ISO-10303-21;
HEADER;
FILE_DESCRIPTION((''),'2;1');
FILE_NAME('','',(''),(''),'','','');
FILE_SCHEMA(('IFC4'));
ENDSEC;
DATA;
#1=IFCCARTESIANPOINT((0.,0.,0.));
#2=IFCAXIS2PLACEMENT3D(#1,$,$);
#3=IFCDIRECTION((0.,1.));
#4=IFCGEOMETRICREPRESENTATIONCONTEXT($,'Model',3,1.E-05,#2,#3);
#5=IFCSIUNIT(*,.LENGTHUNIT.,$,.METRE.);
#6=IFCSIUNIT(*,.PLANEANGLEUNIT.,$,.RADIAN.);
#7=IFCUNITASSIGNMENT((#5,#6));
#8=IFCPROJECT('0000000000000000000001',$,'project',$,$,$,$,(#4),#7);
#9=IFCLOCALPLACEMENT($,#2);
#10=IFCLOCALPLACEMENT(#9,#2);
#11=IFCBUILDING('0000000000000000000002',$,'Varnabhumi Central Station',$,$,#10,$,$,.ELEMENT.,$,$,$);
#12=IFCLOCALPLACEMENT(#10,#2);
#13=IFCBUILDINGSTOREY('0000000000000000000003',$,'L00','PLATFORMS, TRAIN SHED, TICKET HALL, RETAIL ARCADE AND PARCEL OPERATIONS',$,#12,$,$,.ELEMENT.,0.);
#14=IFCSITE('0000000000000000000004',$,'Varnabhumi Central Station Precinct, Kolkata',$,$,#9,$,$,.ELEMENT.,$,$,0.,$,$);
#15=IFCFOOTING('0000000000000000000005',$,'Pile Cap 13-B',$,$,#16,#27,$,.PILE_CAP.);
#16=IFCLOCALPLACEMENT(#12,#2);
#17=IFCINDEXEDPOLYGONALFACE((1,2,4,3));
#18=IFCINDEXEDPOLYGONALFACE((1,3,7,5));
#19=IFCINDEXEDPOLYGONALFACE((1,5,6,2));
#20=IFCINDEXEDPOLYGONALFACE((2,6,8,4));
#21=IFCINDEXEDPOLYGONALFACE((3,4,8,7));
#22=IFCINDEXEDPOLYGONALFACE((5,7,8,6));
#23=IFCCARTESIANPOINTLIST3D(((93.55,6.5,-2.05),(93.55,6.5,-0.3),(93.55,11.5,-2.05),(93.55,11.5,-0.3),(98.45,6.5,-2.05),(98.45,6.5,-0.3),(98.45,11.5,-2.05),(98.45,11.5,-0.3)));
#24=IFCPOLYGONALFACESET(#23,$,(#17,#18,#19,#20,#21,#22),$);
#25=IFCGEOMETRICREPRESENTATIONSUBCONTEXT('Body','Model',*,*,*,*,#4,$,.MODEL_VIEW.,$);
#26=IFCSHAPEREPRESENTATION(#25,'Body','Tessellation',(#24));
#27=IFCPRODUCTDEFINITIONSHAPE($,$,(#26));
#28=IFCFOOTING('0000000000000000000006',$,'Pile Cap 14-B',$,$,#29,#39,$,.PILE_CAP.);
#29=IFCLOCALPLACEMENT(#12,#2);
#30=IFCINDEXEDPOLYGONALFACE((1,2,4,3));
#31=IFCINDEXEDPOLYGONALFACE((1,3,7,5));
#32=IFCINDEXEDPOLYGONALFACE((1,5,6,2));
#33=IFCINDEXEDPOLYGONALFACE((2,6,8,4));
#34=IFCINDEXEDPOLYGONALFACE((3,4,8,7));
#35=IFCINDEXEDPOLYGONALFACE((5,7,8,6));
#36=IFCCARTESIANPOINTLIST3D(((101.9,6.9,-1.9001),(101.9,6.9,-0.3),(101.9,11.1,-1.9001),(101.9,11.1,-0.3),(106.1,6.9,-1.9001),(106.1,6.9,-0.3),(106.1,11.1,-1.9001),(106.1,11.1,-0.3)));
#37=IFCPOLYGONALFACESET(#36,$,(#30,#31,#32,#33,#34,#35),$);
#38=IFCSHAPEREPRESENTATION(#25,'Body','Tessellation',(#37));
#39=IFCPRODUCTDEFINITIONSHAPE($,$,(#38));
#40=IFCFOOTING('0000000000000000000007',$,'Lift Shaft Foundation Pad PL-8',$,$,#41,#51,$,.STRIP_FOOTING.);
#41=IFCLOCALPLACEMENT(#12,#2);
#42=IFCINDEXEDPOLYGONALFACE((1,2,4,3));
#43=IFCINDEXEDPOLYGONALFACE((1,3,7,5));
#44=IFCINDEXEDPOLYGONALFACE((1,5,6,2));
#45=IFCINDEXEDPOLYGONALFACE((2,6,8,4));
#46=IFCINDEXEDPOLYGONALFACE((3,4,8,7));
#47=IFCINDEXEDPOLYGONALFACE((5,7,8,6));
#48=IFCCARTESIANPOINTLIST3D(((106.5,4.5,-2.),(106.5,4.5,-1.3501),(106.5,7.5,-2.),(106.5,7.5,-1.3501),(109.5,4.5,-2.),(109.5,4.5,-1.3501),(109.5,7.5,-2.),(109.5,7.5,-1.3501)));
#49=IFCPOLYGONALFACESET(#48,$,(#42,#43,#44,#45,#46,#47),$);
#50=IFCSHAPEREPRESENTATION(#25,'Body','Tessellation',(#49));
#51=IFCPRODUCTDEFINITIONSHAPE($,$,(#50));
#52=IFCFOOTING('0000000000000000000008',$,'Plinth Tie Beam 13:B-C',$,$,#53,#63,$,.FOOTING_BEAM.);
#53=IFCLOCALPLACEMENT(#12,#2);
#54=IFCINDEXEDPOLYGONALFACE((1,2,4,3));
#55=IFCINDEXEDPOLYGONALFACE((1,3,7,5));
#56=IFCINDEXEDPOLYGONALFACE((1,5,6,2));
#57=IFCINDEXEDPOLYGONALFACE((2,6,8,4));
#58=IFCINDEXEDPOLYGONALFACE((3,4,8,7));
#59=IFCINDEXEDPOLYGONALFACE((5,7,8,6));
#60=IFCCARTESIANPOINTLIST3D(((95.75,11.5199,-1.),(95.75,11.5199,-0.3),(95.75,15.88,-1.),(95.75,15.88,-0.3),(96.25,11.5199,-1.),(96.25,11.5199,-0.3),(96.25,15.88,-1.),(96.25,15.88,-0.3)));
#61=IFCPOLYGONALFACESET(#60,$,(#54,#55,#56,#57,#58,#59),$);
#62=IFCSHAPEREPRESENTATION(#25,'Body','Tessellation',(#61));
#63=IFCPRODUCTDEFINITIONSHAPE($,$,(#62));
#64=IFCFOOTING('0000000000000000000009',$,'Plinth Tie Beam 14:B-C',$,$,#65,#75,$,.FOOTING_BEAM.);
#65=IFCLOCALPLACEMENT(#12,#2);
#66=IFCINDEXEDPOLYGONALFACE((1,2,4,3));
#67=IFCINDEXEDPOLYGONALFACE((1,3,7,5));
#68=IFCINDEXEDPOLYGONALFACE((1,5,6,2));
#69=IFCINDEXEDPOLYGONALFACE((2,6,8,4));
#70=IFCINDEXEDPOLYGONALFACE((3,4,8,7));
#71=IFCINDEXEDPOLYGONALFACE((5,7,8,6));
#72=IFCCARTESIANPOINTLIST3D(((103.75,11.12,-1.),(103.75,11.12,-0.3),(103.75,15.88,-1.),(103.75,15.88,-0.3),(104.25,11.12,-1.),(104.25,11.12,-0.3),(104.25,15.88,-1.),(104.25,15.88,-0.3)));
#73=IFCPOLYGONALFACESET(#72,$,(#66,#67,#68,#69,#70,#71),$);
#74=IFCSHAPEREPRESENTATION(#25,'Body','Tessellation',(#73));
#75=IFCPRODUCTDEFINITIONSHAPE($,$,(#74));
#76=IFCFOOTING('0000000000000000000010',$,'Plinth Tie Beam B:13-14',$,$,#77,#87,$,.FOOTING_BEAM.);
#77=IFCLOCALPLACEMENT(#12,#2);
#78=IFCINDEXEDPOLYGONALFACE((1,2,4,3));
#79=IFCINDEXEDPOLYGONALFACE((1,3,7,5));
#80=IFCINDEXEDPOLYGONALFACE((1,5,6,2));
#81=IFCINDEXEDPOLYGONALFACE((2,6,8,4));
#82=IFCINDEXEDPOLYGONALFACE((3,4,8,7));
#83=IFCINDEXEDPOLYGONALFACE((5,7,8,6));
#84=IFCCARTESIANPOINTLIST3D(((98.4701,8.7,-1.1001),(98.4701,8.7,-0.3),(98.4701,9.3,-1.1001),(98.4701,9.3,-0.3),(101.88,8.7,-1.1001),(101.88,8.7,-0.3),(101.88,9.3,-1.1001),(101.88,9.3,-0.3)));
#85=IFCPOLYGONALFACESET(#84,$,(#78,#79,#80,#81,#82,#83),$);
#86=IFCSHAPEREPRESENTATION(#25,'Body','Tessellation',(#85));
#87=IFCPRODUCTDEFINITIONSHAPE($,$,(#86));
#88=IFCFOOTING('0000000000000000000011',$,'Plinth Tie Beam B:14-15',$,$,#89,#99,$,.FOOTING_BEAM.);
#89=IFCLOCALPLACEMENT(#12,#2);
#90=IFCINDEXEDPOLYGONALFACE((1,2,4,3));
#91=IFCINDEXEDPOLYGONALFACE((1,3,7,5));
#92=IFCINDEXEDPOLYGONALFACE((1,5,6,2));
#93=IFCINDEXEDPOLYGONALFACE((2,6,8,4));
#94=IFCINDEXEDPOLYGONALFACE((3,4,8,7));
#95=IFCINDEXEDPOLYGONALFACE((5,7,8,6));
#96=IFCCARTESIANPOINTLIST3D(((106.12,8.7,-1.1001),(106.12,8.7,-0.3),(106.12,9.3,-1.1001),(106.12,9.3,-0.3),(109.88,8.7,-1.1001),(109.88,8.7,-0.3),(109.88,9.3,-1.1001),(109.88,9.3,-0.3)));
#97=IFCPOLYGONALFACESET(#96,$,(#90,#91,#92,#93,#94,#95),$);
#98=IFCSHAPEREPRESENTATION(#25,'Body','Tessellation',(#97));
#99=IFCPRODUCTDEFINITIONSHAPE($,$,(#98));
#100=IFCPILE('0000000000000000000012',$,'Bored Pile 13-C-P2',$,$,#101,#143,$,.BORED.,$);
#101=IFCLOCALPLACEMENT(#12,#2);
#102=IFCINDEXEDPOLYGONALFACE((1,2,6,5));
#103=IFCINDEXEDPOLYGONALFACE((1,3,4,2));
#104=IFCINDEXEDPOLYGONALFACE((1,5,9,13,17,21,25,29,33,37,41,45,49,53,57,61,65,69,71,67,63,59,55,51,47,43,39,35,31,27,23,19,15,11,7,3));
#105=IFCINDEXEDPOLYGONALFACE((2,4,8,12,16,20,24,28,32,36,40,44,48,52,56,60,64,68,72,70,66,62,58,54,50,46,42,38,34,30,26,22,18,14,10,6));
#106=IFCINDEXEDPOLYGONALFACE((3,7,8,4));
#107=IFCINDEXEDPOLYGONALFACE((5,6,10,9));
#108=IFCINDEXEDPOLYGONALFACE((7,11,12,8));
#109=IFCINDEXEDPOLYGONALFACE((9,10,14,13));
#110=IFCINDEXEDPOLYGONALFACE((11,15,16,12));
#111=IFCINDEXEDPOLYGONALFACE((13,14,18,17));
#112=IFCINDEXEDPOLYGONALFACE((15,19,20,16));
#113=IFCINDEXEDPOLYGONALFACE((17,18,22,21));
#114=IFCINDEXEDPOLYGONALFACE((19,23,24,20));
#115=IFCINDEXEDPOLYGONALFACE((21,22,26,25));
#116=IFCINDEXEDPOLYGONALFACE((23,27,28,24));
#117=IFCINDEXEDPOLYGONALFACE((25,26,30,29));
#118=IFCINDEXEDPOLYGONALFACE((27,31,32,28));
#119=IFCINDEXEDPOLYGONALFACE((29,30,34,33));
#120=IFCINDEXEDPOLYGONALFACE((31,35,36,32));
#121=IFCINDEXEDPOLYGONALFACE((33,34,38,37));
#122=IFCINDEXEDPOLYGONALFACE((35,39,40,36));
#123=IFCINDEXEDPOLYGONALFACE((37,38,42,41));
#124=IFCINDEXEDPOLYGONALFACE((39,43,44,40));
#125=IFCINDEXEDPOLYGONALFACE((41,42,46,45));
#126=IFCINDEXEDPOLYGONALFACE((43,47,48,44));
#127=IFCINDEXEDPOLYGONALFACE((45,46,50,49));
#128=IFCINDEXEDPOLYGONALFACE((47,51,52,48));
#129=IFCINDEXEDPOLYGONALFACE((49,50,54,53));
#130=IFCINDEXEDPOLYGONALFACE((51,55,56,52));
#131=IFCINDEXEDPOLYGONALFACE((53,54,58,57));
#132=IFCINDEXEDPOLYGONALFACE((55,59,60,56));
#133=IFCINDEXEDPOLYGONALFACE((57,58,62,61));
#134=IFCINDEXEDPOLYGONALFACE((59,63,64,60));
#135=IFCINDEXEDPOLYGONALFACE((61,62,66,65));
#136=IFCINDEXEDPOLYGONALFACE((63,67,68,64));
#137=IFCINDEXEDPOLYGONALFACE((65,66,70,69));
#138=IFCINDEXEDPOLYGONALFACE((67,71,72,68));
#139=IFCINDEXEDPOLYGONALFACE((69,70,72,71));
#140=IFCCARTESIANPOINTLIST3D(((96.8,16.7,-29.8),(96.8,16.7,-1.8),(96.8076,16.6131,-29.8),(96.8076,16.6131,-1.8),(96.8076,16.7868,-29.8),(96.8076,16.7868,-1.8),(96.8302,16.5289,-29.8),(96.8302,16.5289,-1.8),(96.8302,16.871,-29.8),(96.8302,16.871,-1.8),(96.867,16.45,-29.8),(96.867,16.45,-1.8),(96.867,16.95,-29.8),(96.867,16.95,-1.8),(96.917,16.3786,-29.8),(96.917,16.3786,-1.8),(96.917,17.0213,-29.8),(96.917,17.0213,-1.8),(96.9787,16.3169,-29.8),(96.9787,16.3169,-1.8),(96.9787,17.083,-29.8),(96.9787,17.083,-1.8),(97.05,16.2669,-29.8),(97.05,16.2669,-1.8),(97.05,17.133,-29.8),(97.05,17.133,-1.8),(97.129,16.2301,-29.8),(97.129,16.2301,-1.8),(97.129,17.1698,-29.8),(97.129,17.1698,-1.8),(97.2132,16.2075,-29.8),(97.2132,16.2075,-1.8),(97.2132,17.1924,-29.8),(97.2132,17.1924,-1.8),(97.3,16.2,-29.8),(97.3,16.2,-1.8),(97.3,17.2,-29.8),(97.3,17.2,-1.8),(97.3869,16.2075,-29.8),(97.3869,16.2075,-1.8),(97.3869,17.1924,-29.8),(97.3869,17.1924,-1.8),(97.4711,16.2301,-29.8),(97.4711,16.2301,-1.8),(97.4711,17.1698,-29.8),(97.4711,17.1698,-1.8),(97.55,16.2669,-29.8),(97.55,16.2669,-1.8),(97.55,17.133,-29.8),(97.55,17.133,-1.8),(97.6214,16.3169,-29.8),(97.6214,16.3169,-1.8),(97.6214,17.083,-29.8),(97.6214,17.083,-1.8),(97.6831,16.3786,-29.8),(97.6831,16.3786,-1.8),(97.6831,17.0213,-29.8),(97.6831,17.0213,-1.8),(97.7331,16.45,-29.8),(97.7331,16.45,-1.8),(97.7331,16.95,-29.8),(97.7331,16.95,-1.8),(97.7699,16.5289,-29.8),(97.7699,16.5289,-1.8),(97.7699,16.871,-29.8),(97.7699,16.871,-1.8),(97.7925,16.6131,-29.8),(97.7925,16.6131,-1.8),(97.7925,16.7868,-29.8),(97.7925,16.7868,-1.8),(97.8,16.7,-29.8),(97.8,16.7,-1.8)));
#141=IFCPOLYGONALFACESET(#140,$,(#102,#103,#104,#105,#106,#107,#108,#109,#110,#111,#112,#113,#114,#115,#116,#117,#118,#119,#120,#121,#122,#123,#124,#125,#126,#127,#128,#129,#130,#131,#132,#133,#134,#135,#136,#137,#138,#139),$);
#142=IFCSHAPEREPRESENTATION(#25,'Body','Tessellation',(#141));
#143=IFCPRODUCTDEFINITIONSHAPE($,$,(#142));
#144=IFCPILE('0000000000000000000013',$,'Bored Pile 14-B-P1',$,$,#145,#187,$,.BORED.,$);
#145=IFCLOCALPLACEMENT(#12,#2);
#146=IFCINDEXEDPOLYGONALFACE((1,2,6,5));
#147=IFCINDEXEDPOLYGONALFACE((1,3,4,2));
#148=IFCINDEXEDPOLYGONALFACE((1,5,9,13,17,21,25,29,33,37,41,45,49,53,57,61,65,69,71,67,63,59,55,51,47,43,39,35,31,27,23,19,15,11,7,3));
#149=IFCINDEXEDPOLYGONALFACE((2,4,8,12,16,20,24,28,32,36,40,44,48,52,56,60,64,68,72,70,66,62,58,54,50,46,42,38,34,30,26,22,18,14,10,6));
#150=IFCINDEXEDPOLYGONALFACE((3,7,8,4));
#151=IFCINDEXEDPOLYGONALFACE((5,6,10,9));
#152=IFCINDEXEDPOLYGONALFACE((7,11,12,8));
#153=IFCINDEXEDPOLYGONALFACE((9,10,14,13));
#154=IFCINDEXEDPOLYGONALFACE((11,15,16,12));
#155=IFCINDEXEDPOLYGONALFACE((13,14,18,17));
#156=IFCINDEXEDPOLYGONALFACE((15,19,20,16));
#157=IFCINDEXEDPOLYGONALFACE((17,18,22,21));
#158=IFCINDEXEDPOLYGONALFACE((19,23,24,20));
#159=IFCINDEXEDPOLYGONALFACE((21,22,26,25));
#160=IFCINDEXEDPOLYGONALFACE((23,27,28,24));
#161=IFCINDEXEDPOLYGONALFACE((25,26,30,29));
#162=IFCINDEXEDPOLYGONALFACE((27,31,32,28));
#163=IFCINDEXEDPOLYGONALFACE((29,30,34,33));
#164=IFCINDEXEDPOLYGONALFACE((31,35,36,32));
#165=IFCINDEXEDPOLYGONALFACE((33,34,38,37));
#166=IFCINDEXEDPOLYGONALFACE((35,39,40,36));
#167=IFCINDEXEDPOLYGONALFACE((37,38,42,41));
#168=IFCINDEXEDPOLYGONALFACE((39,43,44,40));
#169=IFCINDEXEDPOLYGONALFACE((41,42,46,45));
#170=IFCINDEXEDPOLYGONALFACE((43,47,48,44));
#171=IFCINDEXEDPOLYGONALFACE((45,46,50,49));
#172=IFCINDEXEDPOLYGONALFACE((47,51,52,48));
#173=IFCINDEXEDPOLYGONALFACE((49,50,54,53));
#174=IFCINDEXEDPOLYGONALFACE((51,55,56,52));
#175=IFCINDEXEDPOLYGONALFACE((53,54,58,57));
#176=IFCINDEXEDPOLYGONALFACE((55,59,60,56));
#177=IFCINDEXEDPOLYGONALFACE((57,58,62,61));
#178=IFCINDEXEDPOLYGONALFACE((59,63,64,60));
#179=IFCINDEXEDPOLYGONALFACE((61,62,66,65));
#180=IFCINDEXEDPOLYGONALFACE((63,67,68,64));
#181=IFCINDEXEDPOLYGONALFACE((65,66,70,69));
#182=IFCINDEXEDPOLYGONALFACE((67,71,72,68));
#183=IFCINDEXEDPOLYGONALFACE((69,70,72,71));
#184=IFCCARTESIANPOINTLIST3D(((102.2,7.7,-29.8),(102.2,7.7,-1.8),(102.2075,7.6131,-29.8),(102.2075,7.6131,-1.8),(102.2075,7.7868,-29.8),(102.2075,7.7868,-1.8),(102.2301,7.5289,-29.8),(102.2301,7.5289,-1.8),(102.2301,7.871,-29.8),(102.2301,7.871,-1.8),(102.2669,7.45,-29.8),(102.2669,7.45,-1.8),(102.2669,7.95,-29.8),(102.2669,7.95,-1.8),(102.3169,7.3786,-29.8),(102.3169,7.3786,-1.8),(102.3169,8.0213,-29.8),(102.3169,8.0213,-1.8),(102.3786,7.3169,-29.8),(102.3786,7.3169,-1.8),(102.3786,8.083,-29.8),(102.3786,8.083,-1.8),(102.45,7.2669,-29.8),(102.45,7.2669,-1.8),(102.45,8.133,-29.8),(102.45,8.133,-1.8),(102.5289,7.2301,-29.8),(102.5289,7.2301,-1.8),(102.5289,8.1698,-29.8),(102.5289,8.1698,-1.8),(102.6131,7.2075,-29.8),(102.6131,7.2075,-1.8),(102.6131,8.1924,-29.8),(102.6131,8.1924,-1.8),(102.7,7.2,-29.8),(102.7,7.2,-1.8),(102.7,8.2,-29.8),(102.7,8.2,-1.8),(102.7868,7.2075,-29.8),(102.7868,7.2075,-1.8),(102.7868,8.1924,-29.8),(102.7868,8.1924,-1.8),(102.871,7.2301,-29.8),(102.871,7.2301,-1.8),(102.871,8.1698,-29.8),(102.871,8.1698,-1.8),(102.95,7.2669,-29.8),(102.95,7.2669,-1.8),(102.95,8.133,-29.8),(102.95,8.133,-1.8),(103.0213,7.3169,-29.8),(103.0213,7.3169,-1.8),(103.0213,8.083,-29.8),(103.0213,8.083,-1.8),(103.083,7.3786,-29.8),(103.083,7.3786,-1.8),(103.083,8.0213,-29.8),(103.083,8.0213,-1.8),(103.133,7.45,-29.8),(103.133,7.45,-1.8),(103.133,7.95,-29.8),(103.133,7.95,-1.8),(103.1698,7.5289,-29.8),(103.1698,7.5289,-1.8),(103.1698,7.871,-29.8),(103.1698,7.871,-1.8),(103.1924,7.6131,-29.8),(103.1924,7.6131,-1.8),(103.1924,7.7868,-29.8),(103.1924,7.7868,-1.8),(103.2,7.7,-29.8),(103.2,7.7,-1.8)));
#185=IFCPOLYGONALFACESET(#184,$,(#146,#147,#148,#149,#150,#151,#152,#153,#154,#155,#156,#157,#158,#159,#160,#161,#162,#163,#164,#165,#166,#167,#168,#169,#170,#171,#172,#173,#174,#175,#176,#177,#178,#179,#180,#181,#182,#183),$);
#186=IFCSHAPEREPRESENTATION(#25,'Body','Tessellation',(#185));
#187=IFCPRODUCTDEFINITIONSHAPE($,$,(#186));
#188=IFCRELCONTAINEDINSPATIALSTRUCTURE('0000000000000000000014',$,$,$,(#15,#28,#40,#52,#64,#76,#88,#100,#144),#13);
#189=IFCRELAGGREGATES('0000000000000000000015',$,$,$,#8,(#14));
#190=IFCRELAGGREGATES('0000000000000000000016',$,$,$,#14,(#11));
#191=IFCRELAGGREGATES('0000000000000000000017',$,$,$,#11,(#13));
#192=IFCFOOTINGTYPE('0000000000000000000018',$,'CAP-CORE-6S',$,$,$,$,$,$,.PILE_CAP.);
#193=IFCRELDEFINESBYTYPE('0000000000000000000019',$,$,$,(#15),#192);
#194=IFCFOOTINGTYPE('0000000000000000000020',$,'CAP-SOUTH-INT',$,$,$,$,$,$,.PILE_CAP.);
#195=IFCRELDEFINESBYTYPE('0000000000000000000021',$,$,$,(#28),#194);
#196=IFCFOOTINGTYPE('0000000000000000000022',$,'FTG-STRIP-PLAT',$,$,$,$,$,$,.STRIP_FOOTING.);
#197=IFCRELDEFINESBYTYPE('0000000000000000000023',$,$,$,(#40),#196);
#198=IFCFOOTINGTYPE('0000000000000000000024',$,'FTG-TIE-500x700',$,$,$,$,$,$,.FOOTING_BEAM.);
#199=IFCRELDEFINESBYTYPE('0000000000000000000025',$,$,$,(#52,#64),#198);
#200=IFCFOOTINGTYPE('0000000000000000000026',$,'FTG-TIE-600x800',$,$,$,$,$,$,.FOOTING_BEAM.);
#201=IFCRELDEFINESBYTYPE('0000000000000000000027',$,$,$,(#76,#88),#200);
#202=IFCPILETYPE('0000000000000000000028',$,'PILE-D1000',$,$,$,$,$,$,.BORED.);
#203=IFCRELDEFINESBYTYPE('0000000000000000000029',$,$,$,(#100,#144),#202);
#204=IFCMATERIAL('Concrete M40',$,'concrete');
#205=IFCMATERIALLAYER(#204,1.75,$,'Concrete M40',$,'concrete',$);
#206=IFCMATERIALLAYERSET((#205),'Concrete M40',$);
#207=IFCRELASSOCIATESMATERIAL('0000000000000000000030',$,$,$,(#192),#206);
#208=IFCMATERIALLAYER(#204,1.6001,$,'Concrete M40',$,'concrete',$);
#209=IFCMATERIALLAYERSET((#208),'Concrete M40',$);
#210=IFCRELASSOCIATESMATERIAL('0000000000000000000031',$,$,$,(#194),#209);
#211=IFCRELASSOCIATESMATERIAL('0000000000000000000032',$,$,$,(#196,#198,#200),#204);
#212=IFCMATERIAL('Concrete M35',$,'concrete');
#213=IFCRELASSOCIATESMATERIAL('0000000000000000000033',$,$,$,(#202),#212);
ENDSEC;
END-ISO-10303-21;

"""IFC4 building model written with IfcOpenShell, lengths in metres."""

from ifc_helpers import new_model, si_unit, direction, frame, origin, origin_2d, place, context, subcontext, project, spatial, rectangle, circle, extrude, material, layer, layer_set, material_profile, profile_set, type_object, element, save


model = new_model("IFC4")

# Units and contexts
model_context = context("Model", 3, precision=1e-05, world=origin(), true_north=direction((0.0, 1.0)))
body_context = subcontext(model_context, "Body", "Model", "MODEL_VIEW")
ifc_project = project(units=[si_unit("LENGTHUNIT", "METRE"), si_unit("PLANEANGLEUNIT", "RADIAN")], contexts=[model_context])

# Site, building, storey
site_placement = place(None, origin())
site = spatial("IfcSite", under=ifc_project, at=site_placement, Name="Varnabhumi Central Station Precinct, Kolkata", CompositionType="ELEMENT", RefElevation=0.0)
building_placement = place(site_placement, origin())
building = spatial("IfcBuilding", under=site, at=building_placement, Name="Varnabhumi Central Station", CompositionType="ELEMENT")
storey_placement = place(building_placement, origin())
storey = spatial("IfcBuildingStorey", under=building, at=storey_placement, Name="L00", Description="PLATFORMS, TRAIN SHED, TICKET HALL, RETAIL ARCADE AND PARCEL OPERATIONS", CompositionType="ELEMENT", Elevation=0.0)

# Footings
ifc_material_1 = material(Name="Concrete M40", Category="concrete")
ifc_layer_1 = layer(ifc_material_1, 1.75, Name="Concrete M40", Category="concrete")
ifc_layer_set_1 = layer_set([ifc_layer_1], Name="Concrete M40")
footing_type_1 = type_object("IfcFootingType", Name="CAP-CORE-6S", PredefinedType="PILE_CAP", material=ifc_layer_set_1)
footing_1_placement = place(storey_placement, frame((96.0, 9.0, -2.05), z_axis=(0.0, 0.0, 1.0), x_axis=(1.0, 0.0, 0.0)))
element("IfcFooting", 1, at=footing_1_placement, inside=storey, type_object=footing_type_1, Name="Pile Cap 13-B", PredefinedType="PILE_CAP", context=body_context, shape_type="SweptSolid", body=[
    extrude(rectangle(XDim=4.8999, YDim=5.0, at=origin_2d()), origin(), (0.0, 0.0, 1.0), 1.75),
])
ifc_layer_2 = layer(ifc_material_1, 1.6001, Name="Concrete M40", Category="concrete")
ifc_layer_set_2 = layer_set([ifc_layer_2], Name="Concrete M40")
footing_type_2 = type_object("IfcFootingType", Name="CAP-SOUTH-INT", PredefinedType="PILE_CAP", material=ifc_layer_set_2)
footing_2_placement = place(storey_placement, frame((104.0, 9.0, -1.9001), z_axis=(0.0, 0.0, 1.0), x_axis=(1.0, 0.0, 0.0)))
element("IfcFooting", 2, at=footing_2_placement, inside=storey, type_object=footing_type_2, Name="Pile Cap 14-B", PredefinedType="PILE_CAP", context=body_context, shape_type="SweptSolid", body=[
    extrude(rectangle(XDim=4.2, YDim=4.2, at=origin_2d()), origin(), (0.0, 0.0, 1.0), 1.6001),
])
footing_type_3 = type_object("IfcFootingType", Name="FTG-STRIP-PLAT", PredefinedType="STRIP_FOOTING", material=ifc_material_1)
footing_3_placement = place(storey_placement, frame((108.0, 6.0, -2.0), z_axis=(0.0, 0.0, 1.0), x_axis=(1.0, 0.0, 0.0)))
element("IfcFooting", 3, at=footing_3_placement, inside=storey, type_object=footing_type_3, Name="Lift Shaft Foundation Pad PL-8", PredefinedType="STRIP_FOOTING", context=body_context, shape_type="SweptSolid", body=[
    extrude(rectangle(XDim=3.0, YDim=3.0, at=origin_2d()), origin(), (0.0, 0.0, 1.0), 0.6499),
])
footing_type_4 = type_object("IfcFootingType", Name="FTG-TIE-500x700", PredefinedType="FOOTING_BEAM", material=ifc_material_1)
footing_4_placement = place(storey_placement, frame((96.0, 13.7, -1.0), z_axis=(0.0, 0.0, 1.0), x_axis=(1.0, 0.0, 0.0)))
element("IfcFooting", 4, at=footing_4_placement, inside=storey, type_object=footing_type_4, Name="Plinth Tie Beam 13:B-C", PredefinedType="FOOTING_BEAM", context=body_context, shape_type="SweptSolid", body=[
    extrude(rectangle(XDim=0.5, YDim=4.3601, at=origin_2d()), origin(), (0.0, 0.0, 1.0), 0.7),
])
footing_5_placement = place(storey_placement, frame((104.0, 13.5, -1.0), z_axis=(0.0, 0.0, 1.0), x_axis=(1.0, 0.0, 0.0)))
element("IfcFooting", 5, at=footing_5_placement, inside=storey, type_object=footing_type_4, Name="Plinth Tie Beam 14:B-C", PredefinedType="FOOTING_BEAM", context=body_context, shape_type="SweptSolid", body=[
    extrude(rectangle(XDim=0.5, YDim=4.76, at=origin_2d()), origin(), (0.0, 0.0, 1.0), 0.7),
])
footing_type_5 = type_object("IfcFootingType", Name="FTG-TIE-600x800", PredefinedType="FOOTING_BEAM", material=ifc_material_1)
footing_6_placement = place(storey_placement, frame((100.175, 9.0, -1.1001), z_axis=(0.0, 0.0, 1.0), x_axis=(1.0, 0.0, 0.0)))
element("IfcFooting", 6, at=footing_6_placement, inside=storey, type_object=footing_type_5, Name="Plinth Tie Beam B:13-14", PredefinedType="FOOTING_BEAM", context=body_context, shape_type="SweptSolid", body=[
    extrude(rectangle(XDim=3.4099, YDim=0.6001, at=origin_2d()), origin(), (0.0, 0.0, 1.0), 0.8),
])
footing_7_placement = place(storey_placement, frame((108.0, 9.0, -1.1001), z_axis=(0.0, 0.0, 1.0), x_axis=(1.0, 0.0, 0.0)))
element("IfcFooting", 7, at=footing_7_placement, inside=storey, type_object=footing_type_5, Name="Plinth Tie Beam B:14-15", PredefinedType="FOOTING_BEAM", context=body_context, shape_type="SweptSolid", body=[
    extrude(rectangle(XDim=3.76, YDim=0.6001, at=origin_2d()), origin(), (0.0, 0.0, 1.0), 0.8),
])

# Piles
ifc_material_2 = material(Name="Concrete M35", Category="concrete")
ifc_material_profile_1 = material_profile(ifc_material_2, circle(Radius=0.5, at=origin_2d()), Name="Concrete M35", Category="concrete")
ifc_profile_set_1 = profile_set([ifc_material_profile_1], Name="Concrete M35")
pile_type_1 = type_object("IfcPileType", Name="PILE-D1000", PredefinedType="BORED", material=ifc_profile_set_1)
for number, where, z_axis, x_axis, name in (
    (8, (97.3, 16.7, -1.8), (0.0, 0.0, -1.0), (1.0, 0.0, 0.0), "Bored Pile 13-C-P2"),
    (9, (102.7, 7.7, -1.8), (0.0, 0.0, -1.0), (1.0, 0.0, 0.0), "Bored Pile 14-B-P1"),
):
    element("IfcPile", number, at=place(storey_placement, frame(where, z_axis=z_axis, x_axis=x_axis)), inside=storey, type_object=pile_type_1, Name=name, PredefinedType="BORED", context=body_context, shape_type="SweptSolid", body=[
        extrude(circle(Radius=0.5, at=origin_2d()), origin(), (0.0, 0.0, 1.0), 28.0),
    ])

save(model, "model.ifc")
